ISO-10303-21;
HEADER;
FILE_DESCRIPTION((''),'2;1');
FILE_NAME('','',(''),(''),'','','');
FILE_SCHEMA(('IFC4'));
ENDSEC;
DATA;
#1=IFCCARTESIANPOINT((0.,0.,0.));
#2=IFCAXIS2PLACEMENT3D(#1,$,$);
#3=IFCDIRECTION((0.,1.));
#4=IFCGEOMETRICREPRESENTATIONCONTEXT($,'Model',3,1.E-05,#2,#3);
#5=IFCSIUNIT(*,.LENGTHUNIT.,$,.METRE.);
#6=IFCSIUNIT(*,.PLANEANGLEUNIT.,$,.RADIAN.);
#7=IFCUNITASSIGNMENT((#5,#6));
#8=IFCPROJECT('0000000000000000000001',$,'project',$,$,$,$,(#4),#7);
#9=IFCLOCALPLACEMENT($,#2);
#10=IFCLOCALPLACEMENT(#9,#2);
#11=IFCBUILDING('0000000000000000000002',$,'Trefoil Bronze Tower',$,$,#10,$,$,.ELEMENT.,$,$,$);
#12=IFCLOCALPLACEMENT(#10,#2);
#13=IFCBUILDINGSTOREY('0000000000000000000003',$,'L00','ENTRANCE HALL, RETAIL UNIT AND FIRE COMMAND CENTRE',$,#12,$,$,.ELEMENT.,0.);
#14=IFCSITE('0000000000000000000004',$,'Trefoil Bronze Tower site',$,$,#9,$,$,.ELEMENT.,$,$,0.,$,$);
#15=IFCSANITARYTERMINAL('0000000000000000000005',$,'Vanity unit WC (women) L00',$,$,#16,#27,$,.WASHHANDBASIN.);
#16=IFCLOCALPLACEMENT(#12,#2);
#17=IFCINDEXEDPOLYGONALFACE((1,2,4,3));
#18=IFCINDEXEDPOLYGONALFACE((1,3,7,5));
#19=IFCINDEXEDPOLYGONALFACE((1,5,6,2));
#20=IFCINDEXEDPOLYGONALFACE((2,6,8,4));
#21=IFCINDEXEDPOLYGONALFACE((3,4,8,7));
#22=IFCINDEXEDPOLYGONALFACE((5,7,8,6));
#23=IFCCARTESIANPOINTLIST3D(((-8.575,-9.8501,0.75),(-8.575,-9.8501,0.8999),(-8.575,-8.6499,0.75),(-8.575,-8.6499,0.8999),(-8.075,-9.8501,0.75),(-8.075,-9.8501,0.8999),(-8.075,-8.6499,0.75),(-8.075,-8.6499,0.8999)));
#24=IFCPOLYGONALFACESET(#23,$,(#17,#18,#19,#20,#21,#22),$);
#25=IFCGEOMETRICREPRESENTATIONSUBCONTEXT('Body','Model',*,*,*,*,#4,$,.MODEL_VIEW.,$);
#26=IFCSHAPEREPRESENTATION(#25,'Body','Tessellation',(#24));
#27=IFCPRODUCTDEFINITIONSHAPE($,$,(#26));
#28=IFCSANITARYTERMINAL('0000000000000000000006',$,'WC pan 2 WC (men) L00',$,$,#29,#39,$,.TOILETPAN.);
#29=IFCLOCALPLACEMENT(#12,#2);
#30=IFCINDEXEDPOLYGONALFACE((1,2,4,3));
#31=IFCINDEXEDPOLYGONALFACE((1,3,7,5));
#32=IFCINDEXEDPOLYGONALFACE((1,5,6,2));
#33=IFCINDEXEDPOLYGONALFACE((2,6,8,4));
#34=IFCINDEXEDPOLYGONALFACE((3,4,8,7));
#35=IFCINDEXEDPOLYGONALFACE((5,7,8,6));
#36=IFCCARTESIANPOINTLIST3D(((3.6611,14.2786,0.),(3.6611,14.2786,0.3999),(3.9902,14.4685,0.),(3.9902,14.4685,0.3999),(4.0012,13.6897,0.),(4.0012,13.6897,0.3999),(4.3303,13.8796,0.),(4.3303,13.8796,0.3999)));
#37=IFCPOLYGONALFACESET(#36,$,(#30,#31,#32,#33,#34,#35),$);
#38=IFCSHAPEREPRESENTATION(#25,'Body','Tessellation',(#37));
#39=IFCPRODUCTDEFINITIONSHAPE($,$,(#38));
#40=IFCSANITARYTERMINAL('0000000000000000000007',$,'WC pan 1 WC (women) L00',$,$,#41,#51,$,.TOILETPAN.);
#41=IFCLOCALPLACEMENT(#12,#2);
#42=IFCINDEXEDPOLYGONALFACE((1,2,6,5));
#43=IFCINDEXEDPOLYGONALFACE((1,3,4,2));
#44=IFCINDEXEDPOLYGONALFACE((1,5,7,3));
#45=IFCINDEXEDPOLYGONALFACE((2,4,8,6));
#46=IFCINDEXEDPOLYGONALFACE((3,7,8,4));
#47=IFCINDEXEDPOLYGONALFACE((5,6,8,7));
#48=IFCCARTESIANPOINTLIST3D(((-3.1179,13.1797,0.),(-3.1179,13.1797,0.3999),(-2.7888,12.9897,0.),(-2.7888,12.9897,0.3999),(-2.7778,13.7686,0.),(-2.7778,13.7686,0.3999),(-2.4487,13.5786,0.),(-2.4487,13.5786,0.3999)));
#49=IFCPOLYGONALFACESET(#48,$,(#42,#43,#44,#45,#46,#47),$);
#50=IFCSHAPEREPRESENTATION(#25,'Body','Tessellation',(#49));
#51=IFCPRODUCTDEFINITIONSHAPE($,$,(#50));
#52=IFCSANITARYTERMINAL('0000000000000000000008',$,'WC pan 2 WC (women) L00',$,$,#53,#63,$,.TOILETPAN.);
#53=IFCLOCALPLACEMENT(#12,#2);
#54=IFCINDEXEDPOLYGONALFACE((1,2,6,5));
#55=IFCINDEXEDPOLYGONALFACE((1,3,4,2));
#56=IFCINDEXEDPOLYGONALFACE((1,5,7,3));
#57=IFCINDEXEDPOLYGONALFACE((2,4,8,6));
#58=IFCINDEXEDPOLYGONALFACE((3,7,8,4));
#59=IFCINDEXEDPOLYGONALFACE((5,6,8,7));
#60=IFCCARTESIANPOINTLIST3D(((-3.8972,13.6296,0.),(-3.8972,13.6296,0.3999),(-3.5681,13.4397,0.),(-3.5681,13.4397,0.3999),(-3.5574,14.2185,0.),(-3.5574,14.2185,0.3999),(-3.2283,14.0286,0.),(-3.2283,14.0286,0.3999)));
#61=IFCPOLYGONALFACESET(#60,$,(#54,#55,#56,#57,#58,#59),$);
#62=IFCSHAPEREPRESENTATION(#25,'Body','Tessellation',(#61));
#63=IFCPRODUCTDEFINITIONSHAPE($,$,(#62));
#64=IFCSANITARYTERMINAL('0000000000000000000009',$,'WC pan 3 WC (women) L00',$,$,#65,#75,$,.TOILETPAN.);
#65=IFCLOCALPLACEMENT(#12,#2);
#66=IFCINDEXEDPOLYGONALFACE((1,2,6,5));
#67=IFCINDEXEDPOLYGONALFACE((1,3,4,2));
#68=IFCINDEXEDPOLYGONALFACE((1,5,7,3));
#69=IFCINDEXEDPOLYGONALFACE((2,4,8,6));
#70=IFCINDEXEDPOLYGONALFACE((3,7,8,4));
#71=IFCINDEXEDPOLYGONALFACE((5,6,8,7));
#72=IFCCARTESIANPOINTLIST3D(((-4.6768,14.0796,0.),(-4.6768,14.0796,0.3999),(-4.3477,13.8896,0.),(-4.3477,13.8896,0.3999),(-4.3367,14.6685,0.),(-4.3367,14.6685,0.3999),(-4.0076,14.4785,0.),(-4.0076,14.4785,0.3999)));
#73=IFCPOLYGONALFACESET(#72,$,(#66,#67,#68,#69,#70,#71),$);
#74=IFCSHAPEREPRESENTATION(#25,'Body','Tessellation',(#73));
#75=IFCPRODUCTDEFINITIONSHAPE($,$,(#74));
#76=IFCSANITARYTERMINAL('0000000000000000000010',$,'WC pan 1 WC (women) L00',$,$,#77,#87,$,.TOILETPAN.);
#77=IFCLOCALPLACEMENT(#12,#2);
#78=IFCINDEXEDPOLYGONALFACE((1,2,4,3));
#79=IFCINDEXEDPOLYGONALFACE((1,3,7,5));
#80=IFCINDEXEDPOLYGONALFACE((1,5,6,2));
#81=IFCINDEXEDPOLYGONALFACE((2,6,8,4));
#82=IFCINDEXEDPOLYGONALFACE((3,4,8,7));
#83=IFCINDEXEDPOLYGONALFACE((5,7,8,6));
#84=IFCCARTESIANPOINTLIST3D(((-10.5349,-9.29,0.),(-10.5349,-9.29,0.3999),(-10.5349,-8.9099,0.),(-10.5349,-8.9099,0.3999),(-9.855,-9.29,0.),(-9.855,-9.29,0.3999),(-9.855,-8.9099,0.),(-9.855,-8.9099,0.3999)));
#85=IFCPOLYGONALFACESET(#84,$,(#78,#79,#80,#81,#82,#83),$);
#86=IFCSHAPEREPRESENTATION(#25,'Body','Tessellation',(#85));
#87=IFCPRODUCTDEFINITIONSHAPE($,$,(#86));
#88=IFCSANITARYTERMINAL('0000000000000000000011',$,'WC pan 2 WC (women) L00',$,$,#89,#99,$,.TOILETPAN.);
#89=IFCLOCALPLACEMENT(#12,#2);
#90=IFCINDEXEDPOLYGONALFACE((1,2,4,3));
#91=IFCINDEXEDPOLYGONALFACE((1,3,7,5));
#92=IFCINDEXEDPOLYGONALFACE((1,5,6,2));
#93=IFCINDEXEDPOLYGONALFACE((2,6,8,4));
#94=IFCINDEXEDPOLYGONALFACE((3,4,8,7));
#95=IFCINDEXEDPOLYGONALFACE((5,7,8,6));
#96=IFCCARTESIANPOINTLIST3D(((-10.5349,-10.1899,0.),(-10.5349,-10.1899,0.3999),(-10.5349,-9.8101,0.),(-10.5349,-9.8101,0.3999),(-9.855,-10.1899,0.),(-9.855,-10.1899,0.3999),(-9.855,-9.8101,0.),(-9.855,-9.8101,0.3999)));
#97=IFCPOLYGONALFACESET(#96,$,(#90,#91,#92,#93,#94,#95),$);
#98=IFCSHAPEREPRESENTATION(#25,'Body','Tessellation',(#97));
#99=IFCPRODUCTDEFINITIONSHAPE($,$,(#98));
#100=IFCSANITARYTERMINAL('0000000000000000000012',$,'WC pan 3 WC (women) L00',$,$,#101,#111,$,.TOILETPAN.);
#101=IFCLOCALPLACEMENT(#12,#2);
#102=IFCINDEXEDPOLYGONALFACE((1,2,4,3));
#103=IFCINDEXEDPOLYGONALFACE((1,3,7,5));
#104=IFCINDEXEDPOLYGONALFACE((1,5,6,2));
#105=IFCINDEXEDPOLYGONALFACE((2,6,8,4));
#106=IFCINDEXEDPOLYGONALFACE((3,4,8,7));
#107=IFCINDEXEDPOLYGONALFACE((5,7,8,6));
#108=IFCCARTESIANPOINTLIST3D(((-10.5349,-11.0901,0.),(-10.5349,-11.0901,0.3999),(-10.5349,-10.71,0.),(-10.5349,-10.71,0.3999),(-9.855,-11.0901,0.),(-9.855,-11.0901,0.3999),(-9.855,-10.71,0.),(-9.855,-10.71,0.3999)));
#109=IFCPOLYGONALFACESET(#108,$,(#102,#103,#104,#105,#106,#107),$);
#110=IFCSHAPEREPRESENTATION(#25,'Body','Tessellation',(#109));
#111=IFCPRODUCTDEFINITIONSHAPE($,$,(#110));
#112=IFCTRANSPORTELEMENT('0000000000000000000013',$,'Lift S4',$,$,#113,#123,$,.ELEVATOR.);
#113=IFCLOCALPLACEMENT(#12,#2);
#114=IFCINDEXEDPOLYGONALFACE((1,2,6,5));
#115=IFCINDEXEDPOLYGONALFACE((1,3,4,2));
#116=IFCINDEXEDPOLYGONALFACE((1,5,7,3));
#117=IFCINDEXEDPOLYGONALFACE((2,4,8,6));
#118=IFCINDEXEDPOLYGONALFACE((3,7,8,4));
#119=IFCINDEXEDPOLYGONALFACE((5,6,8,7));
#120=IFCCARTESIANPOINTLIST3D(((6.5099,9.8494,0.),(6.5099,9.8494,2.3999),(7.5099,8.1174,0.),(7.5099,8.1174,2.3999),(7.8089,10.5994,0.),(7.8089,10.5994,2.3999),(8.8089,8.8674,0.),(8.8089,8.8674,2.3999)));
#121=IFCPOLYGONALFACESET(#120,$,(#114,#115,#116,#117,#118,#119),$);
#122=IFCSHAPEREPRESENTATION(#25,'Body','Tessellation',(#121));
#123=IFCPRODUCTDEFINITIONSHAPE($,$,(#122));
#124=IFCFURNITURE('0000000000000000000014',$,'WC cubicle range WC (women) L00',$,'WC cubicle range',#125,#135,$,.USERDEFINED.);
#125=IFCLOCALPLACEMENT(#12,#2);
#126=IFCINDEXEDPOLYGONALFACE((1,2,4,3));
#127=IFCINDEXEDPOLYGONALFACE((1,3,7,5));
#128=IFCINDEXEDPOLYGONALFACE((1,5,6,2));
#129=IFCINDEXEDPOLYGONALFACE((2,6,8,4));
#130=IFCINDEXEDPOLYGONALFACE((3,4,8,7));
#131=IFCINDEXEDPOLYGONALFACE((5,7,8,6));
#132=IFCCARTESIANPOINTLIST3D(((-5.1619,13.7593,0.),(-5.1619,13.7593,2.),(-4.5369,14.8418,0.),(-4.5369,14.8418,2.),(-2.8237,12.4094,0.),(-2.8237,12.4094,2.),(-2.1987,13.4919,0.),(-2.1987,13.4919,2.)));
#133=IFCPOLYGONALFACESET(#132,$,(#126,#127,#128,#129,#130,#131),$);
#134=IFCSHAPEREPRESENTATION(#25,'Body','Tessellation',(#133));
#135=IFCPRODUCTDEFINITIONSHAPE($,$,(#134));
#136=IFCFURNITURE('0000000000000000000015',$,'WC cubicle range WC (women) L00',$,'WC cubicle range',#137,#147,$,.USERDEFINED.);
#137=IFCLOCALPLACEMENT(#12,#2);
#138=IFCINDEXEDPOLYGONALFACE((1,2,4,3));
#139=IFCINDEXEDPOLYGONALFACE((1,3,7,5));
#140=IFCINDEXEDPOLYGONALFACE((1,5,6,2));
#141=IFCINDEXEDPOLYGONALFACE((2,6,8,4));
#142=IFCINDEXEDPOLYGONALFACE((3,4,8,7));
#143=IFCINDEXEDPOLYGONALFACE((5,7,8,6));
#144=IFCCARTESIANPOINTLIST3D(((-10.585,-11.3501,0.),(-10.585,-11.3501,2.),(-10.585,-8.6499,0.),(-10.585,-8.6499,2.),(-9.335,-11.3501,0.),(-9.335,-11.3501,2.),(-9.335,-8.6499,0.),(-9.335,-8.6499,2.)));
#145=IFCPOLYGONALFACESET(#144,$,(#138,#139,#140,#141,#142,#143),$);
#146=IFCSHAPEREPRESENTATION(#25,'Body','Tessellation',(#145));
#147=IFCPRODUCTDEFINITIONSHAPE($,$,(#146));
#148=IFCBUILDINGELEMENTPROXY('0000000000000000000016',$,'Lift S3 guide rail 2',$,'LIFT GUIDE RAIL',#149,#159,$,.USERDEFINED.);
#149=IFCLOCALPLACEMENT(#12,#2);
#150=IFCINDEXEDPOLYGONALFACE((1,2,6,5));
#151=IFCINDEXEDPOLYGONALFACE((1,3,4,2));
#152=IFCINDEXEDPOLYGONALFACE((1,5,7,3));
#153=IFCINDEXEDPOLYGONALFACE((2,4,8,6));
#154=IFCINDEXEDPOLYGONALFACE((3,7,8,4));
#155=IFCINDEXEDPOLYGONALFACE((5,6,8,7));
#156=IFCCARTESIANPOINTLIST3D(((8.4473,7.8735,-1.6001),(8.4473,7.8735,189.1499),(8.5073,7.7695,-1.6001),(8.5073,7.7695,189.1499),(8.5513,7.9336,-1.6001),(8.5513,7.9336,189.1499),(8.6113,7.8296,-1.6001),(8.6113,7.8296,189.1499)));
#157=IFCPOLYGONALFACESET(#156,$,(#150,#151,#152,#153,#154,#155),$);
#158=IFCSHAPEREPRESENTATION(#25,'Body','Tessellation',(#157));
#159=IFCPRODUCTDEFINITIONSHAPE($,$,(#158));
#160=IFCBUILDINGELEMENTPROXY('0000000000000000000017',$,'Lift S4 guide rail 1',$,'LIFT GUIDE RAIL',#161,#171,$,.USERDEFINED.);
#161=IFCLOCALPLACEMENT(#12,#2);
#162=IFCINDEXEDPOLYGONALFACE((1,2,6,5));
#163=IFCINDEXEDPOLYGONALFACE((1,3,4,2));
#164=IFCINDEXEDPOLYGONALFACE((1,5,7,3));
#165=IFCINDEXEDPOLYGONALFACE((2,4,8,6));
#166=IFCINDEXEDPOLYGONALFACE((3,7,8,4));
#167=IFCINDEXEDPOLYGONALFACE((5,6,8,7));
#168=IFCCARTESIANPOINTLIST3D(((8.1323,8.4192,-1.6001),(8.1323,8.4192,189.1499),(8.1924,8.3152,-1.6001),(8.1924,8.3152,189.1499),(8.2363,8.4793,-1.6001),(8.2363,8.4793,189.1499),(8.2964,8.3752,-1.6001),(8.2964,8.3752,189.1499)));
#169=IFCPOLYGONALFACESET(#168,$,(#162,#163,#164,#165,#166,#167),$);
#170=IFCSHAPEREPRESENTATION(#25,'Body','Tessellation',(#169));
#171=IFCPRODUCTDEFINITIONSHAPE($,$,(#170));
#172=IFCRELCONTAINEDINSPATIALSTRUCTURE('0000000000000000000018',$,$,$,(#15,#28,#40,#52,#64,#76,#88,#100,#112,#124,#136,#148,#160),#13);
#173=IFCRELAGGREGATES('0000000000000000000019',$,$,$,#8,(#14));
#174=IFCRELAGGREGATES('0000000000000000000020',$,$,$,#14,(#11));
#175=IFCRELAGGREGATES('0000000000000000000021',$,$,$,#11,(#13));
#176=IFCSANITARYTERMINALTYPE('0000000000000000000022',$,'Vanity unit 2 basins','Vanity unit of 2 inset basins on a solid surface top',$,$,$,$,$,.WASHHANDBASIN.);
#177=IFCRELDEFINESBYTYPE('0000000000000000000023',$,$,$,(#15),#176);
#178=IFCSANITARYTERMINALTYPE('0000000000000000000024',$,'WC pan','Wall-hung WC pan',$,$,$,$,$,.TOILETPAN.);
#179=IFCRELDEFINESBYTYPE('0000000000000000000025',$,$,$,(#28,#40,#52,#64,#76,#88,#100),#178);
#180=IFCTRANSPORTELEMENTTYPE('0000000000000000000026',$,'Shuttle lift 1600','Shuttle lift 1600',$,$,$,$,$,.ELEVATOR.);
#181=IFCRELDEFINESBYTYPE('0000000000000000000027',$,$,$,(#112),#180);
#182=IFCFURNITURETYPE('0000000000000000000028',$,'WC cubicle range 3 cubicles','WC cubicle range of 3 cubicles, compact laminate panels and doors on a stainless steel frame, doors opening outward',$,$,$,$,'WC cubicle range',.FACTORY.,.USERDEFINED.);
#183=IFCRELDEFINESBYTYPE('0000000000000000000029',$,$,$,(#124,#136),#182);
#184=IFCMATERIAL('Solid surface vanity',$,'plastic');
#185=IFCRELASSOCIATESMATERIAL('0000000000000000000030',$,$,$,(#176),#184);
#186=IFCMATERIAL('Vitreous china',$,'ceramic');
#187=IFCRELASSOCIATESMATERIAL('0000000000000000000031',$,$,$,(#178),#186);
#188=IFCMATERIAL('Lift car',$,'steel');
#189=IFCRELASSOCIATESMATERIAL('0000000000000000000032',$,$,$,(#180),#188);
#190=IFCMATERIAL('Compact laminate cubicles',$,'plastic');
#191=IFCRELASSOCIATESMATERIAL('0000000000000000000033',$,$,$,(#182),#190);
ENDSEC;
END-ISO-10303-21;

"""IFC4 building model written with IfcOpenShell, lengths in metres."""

from ifc_helpers import new_model, si_unit, direction, frame, origin, origin_2d, place, context, subcontext, project, spatial, polyline, rectangle, outline, extrude, material, type_object, element, save


model = new_model("IFC4")

# Units and contexts
model_context = context("Model", 3, precision=1e-05, world=origin(), true_north=direction((0.0, 1.0)))
body_context = subcontext(model_context, "Body", "Model", "MODEL_VIEW")
ifc_project = project(units=[si_unit("LENGTHUNIT", "METRE"), si_unit("PLANEANGLEUNIT", "RADIAN")], contexts=[model_context])

# Site, building, storey
site_placement = place(None, origin())
site = spatial("IfcSite", under=ifc_project, at=site_placement, Name="Trefoil Bronze Tower site", CompositionType="ELEMENT", RefElevation=0.0)
building_placement = place(site_placement, origin())
building = spatial("IfcBuilding", under=site, at=building_placement, Name="Trefoil Bronze Tower", CompositionType="ELEMENT")
storey_placement = place(building_placement, origin())
storey = spatial("IfcBuildingStorey", under=building, at=storey_placement, Name="L00", Description="ENTRANCE HALL, RETAIL UNIT AND FIRE COMMAND CENTRE", CompositionType="ELEMENT", Elevation=0.0)

# Sanitary terminals
ifc_material_1 = material(Name="Solid surface vanity", Category="plastic")
sanitary_terminal_type_1 = type_object("IfcSanitaryTerminalType", Name="Vanity unit 2 basins", Description="Vanity unit of 2 inset basins on a solid surface top", PredefinedType="WASHHANDBASIN", material=ifc_material_1)
sanitary_terminal_1_placement = place(storey_placement, frame((0.0, 0.0, 0.75)))
element("IfcSanitaryTerminal", 1, at=sanitary_terminal_1_placement, inside=storey, type_object=sanitary_terminal_type_1, Name="Vanity unit WC (women) L00", PredefinedType="WASHHANDBASIN", context=body_context, shape_type="SweptSolid", body=[
    extrude(outline(polyline([(-8.075, -8.6499), (-8.575, -8.6499), (-8.575, -9.8501), (-8.075, -9.8501), (-8.075, -8.6499)])), origin(), (0.0, 0.0, 1.0), 0.1499),
])
ifc_material_2 = material(Name="Vitreous china", Category="ceramic")
sanitary_terminal_type_2 = type_object("IfcSanitaryTerminalType", Name="WC pan", Description="Wall-hung WC pan", PredefinedType="TOILETPAN", material=ifc_material_2)
sanitary_terminal_2_placement = place(storey_placement, origin())
element("IfcSanitaryTerminal", 2, at=sanitary_terminal_2_placement, inside=storey, type_object=sanitary_terminal_type_2, Name="WC pan 2 WC (men) L00", PredefinedType="TOILETPAN", context=body_context, shape_type="SweptSolid", body=[
    extrude(outline(polyline([(4.0012, 13.6897), (3.6611, 14.2786), (3.9902, 14.4685), (4.3303, 13.8796), (4.0012, 13.6897)])), origin(), (0.0, 0.0, 1.0), 0.3999),
])
sanitary_terminal_3_placement = place(storey_placement, origin())
element("IfcSanitaryTerminal", 3, at=sanitary_terminal_3_placement, inside=storey, type_object=sanitary_terminal_type_2, Name="WC pan 1 WC (women) L00", PredefinedType="TOILETPAN", context=body_context, shape_type="SweptSolid", body=[
    extrude(outline(polyline([(-2.7888, 12.9897), (-2.4487, 13.5786), (-2.7778, 13.7686), (-3.1179, 13.1797), (-2.7888, 12.9897)])), origin(), (0.0, 0.0, 1.0), 0.3999),
])
sanitary_terminal_4_placement = place(storey_placement, origin())
element("IfcSanitaryTerminal", 4, at=sanitary_terminal_4_placement, inside=storey, type_object=sanitary_terminal_type_2, Name="WC pan 2 WC (women) L00", PredefinedType="TOILETPAN", context=body_context, shape_type="SweptSolid", body=[
    extrude(outline(polyline([(-3.5681, 13.4397), (-3.2283, 14.0286), (-3.5574, 14.2185), (-3.8972, 13.6296), (-3.5681, 13.4397)])), origin(), (0.0, 0.0, 1.0), 0.3999),
])
sanitary_terminal_5_placement = place(storey_placement, origin())
element("IfcSanitaryTerminal", 5, at=sanitary_terminal_5_placement, inside=storey, type_object=sanitary_terminal_type_2, Name="WC pan 3 WC (women) L00", PredefinedType="TOILETPAN", context=body_context, shape_type="SweptSolid", body=[
    extrude(outline(polyline([(-4.3477, 13.8896), (-4.0076, 14.4785), (-4.3367, 14.6685), (-4.6768, 14.0796), (-4.3477, 13.8896)])), origin(), (0.0, 0.0, 1.0), 0.3999),
])
sanitary_terminal_6_placement = place(storey_placement, origin())
element("IfcSanitaryTerminal", 6, at=sanitary_terminal_6_placement, inside=storey, type_object=sanitary_terminal_type_2, Name="WC pan 1 WC (women) L00", PredefinedType="TOILETPAN", context=body_context, shape_type="SweptSolid", body=[
    extrude(outline(polyline([(-9.855, -8.9099), (-10.5349, -8.9099), (-10.5349, -9.29), (-9.855, -9.29), (-9.855, -8.9099)])), origin(), (0.0, 0.0, 1.0), 0.3999),
])
sanitary_terminal_7_placement = place(storey_placement, origin())
element("IfcSanitaryTerminal", 7, at=sanitary_terminal_7_placement, inside=storey, type_object=sanitary_terminal_type_2, Name="WC pan 2 WC (women) L00", PredefinedType="TOILETPAN", context=body_context, shape_type="SweptSolid", body=[
    extrude(outline(polyline([(-9.855, -9.8101), (-10.5349, -9.8101), (-10.5349, -10.1899), (-9.855, -10.1899), (-9.855, -9.8101)])), origin(), (0.0, 0.0, 1.0), 0.3999),
])
sanitary_terminal_8_placement = place(storey_placement, origin())
element("IfcSanitaryTerminal", 8, at=sanitary_terminal_8_placement, inside=storey, type_object=sanitary_terminal_type_2, Name="WC pan 3 WC (women) L00", PredefinedType="TOILETPAN", context=body_context, shape_type="SweptSolid", body=[
    extrude(outline(polyline([(-9.855, -10.71), (-10.5349, -10.71), (-10.5349, -11.0901), (-9.855, -11.0901), (-9.855, -10.71)])), origin(), (0.0, 0.0, 1.0), 0.3999),
])

# Transport element
ifc_material_3 = material(Name="Lift car", Category="steel")
transport_element_type = type_object("IfcTransportElementType", Name="Shuttle lift 1600", Description="Shuttle lift 1600", PredefinedType="ELEVATOR", material=ifc_material_3)
transport_element_placement = place(storey_placement, frame((7.6594, 9.3584, 0.0), z_axis=(0.0, 0.0, 1.0), x_axis=(-0.5, 0.866025, 0.0)))
element("IfcTransportElement", 9, at=transport_element_placement, inside=storey, type_object=transport_element_type, Name="Lift S4", PredefinedType="ELEVATOR", context=body_context, shape_type="SweptSolid", body=[
    extrude(rectangle(XDim=2.0, YDim=1.5, at=origin_2d()), origin(), (0.0, 0.0, 1.0), 2.3999),
])

# Furniture
ifc_material_4 = material(Name="Compact laminate cubicles", Category="plastic")
furniture_type = type_object("IfcFurnitureType", Name="WC cubicle range 3 cubicles", Description="WC cubicle range of 3 cubicles, compact laminate panels and doors on a stainless steel frame, doors opening outward", ElementType="WC cubicle range", AssemblyPlace="FACTORY", PredefinedType="USERDEFINED", material=ifc_material_4)
furniture_1_placement = place(storey_placement, origin())
element("IfcFurniture", 10, at=furniture_1_placement, inside=storey, type_object=furniture_type, Name="WC cubicle range WC (women) L00", ObjectType="WC cubicle range", PredefinedType="USERDEFINED", context=body_context, shape_type="SweptSolid", body=[
    extrude(outline(polyline([(-2.8237, 12.4094), (-2.1987, 13.4919), (-4.5369, 14.8418), (-5.1619, 13.7593), (-2.8237, 12.4094)])), origin(), (0.0, 0.0, 1.0), 2.0),
])
furniture_2_placement = place(storey_placement, origin())
element("IfcFurniture", 11, at=furniture_2_placement, inside=storey, type_object=furniture_type, Name="WC cubicle range WC (women) L00", ObjectType="WC cubicle range", PredefinedType="USERDEFINED", context=body_context, shape_type="SweptSolid", body=[
    extrude(outline(polyline([(-9.335, -8.6499), (-10.585, -8.6499), (-10.585, -11.3501), (-9.335, -11.3501), (-9.335, -8.6499)])), origin(), (0.0, 0.0, 1.0), 2.0),
])

# Building element proxies
for number, where, z_axis, x_axis, name in (
    (12, (8.5293, 7.8516, -1.6001), (0.0, 0.0, 1.0), (-0.5, 0.866025, 0.0), "Lift S3 guide rail 2"),
    (13, (8.2144, 8.3972, -1.6001), (0.0, 0.0, 1.0), (-0.5, 0.866025, 0.0), "Lift S4 guide rail 1"),
):
    element("IfcBuildingElementProxy", number, at=place(storey_placement, frame(where, z_axis=z_axis, x_axis=x_axis)), inside=storey, Name=name, ObjectType="LIFT GUIDE RAIL", PredefinedType="USERDEFINED", context=body_context, shape_type="SweptSolid", body=[
        extrude(rectangle(XDim=0.1201, YDim=0.1201, at=origin_2d()), origin(), (0.0, 0.0, 1.0), 190.75),
    ])

save(model, "model.ifc")
